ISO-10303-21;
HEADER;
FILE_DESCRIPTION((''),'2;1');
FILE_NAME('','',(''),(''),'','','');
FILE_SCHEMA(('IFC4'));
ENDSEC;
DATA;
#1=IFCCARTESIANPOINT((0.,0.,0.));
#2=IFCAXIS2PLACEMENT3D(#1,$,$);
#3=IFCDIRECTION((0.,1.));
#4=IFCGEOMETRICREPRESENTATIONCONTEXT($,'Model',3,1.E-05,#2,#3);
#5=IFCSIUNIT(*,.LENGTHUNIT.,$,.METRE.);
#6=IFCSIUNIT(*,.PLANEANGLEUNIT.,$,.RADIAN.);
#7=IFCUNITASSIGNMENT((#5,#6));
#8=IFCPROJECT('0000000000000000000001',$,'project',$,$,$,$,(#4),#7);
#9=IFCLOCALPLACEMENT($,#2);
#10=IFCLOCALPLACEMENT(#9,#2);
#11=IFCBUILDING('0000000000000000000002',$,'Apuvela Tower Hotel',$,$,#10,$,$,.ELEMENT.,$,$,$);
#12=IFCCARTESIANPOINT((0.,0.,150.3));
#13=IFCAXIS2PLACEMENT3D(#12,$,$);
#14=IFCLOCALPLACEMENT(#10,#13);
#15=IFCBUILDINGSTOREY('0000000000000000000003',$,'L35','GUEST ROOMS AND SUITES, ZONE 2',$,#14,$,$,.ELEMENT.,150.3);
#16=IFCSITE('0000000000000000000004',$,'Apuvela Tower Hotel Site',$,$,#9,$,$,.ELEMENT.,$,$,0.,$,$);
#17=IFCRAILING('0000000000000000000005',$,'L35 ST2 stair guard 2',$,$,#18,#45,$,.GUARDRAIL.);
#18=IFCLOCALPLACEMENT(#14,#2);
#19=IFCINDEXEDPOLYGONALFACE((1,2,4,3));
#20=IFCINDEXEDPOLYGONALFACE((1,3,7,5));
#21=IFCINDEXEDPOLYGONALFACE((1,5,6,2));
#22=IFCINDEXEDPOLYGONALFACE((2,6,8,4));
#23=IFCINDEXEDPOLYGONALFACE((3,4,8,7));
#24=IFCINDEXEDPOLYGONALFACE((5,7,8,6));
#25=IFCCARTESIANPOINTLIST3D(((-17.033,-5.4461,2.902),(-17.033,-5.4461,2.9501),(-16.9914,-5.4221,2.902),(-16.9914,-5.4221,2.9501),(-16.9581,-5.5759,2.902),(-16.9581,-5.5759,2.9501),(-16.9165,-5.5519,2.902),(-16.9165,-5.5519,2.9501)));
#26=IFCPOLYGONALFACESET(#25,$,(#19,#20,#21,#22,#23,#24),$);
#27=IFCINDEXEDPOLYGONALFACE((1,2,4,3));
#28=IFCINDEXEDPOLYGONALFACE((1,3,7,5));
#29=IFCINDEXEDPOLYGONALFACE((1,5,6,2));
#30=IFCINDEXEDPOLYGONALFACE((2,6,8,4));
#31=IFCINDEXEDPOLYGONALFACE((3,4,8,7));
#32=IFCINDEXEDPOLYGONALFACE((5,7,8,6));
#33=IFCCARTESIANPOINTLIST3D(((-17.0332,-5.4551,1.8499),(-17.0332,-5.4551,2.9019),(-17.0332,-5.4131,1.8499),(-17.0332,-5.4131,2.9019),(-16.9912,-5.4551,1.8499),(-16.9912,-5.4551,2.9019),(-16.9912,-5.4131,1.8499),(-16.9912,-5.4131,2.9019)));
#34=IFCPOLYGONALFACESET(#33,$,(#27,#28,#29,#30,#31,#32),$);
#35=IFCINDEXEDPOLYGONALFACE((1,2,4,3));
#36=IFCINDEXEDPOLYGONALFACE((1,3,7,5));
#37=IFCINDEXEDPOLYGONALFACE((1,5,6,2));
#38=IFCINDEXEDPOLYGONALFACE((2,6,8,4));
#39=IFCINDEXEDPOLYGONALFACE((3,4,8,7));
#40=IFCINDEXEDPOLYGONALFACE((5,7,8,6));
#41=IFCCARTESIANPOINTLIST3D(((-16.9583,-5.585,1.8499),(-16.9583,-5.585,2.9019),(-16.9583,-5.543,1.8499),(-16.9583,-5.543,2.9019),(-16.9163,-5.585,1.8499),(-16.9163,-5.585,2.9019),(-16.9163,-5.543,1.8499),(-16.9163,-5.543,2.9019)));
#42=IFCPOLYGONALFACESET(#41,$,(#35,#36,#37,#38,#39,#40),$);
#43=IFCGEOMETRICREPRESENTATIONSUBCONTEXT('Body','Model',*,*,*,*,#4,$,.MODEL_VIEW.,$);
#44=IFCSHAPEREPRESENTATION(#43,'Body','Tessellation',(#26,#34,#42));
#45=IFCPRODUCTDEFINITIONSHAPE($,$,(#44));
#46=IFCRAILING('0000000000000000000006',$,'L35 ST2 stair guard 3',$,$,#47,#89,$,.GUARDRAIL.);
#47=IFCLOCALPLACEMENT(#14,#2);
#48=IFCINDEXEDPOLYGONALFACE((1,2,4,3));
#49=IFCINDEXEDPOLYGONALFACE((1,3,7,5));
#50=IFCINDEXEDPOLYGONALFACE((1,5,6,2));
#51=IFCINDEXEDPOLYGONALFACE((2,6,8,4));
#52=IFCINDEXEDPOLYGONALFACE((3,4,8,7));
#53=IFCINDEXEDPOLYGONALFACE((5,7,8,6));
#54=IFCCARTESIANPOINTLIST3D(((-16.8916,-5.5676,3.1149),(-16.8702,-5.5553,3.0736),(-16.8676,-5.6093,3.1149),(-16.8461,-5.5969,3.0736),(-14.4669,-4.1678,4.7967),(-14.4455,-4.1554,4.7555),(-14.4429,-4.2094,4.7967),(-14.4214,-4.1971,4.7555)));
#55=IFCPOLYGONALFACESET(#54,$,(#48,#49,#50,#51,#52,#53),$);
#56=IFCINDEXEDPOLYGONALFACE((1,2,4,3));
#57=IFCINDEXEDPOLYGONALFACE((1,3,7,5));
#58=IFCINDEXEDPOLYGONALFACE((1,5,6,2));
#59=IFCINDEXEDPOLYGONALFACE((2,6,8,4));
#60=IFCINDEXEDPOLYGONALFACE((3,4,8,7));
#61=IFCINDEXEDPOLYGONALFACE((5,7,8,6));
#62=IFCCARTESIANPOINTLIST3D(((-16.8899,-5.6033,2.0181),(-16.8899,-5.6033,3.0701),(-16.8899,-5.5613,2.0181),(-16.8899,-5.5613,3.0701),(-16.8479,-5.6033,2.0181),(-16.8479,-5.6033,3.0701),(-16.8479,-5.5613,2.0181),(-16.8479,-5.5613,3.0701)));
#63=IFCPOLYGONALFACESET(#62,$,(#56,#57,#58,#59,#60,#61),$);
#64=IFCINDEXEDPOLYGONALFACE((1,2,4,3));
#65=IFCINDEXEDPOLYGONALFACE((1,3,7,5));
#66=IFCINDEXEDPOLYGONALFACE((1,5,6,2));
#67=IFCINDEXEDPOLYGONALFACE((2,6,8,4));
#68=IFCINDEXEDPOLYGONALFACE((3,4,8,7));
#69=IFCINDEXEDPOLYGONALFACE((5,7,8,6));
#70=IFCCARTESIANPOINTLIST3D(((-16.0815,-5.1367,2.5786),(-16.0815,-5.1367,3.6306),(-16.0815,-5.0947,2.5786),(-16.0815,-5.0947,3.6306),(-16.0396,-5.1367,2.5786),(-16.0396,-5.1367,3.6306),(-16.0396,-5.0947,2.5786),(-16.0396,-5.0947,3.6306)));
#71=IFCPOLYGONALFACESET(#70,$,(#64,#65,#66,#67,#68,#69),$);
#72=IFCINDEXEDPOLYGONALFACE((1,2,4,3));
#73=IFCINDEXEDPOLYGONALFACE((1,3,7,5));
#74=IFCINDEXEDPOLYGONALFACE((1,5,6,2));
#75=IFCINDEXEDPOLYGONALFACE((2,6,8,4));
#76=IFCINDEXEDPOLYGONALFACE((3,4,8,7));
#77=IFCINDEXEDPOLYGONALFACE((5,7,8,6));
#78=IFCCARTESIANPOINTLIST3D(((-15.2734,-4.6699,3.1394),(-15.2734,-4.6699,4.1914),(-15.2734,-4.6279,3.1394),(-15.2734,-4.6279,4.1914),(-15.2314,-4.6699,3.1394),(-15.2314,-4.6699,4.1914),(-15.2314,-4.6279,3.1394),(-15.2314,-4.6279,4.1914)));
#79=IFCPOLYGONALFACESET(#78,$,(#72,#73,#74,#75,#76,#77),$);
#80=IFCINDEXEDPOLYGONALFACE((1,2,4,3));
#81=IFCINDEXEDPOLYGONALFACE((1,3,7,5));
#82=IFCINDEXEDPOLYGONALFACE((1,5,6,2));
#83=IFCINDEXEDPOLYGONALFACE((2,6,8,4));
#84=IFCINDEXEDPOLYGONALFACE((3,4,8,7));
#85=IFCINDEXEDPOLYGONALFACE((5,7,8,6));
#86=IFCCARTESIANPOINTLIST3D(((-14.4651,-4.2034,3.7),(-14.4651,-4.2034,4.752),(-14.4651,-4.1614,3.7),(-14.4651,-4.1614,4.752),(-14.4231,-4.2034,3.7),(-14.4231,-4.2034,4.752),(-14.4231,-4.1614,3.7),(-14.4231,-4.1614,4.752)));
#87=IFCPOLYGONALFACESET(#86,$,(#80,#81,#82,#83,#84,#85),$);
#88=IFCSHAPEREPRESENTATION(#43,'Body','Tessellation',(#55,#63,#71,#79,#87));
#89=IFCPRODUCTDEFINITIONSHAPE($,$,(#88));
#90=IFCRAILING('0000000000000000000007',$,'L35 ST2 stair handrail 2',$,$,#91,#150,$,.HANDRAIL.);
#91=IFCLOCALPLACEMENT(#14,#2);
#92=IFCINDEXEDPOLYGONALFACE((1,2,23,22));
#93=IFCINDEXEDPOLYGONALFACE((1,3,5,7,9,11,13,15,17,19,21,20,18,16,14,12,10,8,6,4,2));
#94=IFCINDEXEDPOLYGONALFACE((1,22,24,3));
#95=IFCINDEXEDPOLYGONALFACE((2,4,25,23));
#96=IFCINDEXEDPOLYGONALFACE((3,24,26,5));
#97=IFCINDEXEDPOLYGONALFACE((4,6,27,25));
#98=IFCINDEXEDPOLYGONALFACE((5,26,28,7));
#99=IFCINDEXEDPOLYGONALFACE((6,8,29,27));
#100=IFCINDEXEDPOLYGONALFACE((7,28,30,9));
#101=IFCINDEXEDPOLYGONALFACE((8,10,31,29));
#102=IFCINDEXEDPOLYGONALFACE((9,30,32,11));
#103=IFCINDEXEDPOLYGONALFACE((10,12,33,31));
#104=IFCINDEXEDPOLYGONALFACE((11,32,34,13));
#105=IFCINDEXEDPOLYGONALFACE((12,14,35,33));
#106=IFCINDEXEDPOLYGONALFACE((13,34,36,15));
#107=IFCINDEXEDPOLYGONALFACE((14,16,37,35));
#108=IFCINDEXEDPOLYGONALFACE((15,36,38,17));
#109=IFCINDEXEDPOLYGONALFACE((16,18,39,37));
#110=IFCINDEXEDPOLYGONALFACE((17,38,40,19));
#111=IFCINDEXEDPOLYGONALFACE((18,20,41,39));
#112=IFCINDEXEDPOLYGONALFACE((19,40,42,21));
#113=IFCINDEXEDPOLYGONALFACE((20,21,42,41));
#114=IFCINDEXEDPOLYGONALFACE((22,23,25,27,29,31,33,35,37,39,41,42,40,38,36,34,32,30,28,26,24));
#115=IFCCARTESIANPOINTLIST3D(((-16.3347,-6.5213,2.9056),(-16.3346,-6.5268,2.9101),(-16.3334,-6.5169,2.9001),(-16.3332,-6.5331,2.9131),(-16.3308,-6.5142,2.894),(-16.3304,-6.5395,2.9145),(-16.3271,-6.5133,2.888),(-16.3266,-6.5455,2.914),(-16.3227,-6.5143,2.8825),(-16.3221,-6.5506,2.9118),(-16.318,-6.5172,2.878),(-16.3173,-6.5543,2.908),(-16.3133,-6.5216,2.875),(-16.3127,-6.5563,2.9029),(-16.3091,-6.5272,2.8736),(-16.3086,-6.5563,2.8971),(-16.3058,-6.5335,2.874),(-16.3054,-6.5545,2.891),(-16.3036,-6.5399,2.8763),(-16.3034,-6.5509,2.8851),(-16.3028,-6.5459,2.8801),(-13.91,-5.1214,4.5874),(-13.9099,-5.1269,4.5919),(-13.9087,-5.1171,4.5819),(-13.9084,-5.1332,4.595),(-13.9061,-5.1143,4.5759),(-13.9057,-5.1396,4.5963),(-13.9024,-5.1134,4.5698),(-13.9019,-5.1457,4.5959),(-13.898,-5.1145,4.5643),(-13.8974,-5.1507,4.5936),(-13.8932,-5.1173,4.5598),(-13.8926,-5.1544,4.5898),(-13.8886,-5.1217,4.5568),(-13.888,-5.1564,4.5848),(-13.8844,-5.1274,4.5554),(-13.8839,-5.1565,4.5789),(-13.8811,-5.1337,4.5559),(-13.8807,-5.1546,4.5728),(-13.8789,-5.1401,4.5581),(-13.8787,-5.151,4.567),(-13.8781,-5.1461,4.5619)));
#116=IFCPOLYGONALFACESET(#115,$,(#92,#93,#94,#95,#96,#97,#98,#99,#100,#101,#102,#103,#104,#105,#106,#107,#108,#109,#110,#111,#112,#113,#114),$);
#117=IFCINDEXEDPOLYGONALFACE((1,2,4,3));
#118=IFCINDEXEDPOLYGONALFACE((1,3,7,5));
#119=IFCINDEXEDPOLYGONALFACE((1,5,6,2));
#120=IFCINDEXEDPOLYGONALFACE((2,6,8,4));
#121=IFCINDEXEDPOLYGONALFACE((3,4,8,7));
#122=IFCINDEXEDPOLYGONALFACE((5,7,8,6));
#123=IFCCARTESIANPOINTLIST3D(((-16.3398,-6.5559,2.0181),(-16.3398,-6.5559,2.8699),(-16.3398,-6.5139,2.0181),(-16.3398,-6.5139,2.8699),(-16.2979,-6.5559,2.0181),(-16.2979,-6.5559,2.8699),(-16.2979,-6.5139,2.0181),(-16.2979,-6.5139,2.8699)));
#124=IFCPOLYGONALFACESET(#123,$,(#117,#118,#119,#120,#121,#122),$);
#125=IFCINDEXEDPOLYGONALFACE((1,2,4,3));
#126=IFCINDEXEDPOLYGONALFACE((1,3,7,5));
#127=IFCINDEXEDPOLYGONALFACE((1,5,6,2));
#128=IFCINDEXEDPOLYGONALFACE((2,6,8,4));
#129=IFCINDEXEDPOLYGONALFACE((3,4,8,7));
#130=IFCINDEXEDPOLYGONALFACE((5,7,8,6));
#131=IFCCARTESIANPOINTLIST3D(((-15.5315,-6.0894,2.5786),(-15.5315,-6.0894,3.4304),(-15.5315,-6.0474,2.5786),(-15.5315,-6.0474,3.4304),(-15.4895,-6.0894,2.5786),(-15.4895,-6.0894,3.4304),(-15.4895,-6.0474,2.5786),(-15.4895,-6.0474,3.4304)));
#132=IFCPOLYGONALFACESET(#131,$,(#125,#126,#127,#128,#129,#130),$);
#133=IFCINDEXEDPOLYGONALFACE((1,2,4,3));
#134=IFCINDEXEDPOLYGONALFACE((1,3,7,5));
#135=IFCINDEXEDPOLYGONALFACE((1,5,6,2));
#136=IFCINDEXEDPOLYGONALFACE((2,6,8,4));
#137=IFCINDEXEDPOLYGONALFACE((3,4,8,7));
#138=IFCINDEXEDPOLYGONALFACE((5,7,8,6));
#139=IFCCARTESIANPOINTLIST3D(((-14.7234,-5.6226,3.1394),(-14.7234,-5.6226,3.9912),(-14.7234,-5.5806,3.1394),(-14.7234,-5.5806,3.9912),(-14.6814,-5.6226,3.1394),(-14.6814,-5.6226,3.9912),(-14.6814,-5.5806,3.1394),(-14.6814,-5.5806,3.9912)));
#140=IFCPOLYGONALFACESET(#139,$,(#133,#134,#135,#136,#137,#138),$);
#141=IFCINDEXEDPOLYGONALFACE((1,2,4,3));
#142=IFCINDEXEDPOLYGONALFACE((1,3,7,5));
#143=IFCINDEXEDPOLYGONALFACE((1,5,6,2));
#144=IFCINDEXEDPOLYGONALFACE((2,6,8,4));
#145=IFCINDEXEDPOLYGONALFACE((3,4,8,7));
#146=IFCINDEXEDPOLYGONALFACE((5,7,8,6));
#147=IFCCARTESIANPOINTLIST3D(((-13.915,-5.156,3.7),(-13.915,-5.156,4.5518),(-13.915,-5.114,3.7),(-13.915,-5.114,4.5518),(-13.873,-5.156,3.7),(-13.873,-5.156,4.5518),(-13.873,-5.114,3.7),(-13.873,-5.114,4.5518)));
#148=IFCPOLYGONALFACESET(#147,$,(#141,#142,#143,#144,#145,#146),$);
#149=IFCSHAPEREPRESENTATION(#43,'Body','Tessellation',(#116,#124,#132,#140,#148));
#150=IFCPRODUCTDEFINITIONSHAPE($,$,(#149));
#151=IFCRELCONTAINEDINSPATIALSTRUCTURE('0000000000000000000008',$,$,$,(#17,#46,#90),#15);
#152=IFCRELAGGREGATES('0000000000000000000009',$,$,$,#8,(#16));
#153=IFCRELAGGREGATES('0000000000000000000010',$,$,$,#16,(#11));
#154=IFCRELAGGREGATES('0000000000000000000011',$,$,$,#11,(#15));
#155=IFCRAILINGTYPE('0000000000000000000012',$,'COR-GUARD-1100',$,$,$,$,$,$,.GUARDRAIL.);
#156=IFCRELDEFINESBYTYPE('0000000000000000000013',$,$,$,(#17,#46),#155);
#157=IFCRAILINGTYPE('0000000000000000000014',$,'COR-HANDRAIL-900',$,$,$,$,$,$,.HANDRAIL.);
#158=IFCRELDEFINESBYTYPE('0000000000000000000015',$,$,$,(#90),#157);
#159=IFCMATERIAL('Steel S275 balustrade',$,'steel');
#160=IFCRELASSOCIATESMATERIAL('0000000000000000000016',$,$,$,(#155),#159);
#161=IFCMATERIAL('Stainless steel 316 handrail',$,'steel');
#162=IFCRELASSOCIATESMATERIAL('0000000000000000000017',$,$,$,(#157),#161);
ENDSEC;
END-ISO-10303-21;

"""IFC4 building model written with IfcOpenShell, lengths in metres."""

from ifc_helpers import new_model, si_unit, direction, frame, origin, origin_2d, place, context, subcontext, project, spatial, rectangle, circle, extrude, material, type_object, element, save


model = new_model("IFC4")

# Units and contexts
model_context = context("Model", 3, precision=1e-05, world=origin(), true_north=direction((0.0, 1.0)))
body_context = subcontext(model_context, "Body", "Model", "MODEL_VIEW")
ifc_project = project(units=[si_unit("LENGTHUNIT", "METRE"), si_unit("PLANEANGLEUNIT", "RADIAN")], contexts=[model_context])

# Site, building, storey
site_placement = place(None, origin())
site = spatial("IfcSite", under=ifc_project, at=site_placement, Name="Apuvela Tower Hotel Site", CompositionType="ELEMENT", RefElevation=0.0)
building_placement = place(site_placement, origin())
building = spatial("IfcBuilding", under=site, at=building_placement, Name="Apuvela Tower Hotel", CompositionType="ELEMENT")
storey_placement = place(building_placement, frame((0.0, 0.0, 150.3)))
storey = spatial("IfcBuildingStorey", under=building, at=storey_placement, Name="L35", Description="GUEST ROOMS AND SUITES, ZONE 2", CompositionType="ELEMENT", Elevation=150.3)

# Railings
ifc_material_1 = material(Name="Steel S275 balustrade", Category="steel")
railing_type_1 = type_object("IfcRailingType", Name="COR-GUARD-1100", PredefinedType="GUARDRAIL", material=ifc_material_1)
railing_1_placement = place(storey_placement, frame((-17.0122, -5.4341, 1.8499)))
element("IfcRailing", 1, at=railing_1_placement, inside=storey, type_object=railing_type_1, Name="L35 ST2 stair guard 2", PredefinedType="GUARDRAIL", context=body_context, shape_type="SweptSolid", body=[
    extrude(rectangle(XDim=0.0481, YDim=0.0481, at=origin_2d()), frame((0.0, 0.0, 1.0762), z_axis=(0.499816, -0.866131, 0.0), x_axis=(0.866131, 0.499816, 0.0)), (0.0, 0.0, 1.0), 0.1499),
    extrude(rectangle(XDim=0.042, YDim=0.042, at=origin_2d()), origin(), (0.0, 0.0, 1.0), 1.052),
    extrude(rectangle(XDim=0.042, YDim=0.042, at=origin_2d()), frame((0.075, -0.1299, 0.0)), (0.0, 0.0, 1.0), 1.052),
])
railing_2_placement = place(storey_placement, frame((-16.8689, -5.5823, 2.0181)))
element("IfcRailing", 2, at=railing_2_placement, inside=storey, type_object=railing_type_1, Name="L35 ST2 stair guard 3", PredefinedType="GUARDRAIL", context=body_context, shape_type="SweptSolid", body=[
    extrude(rectangle(XDim=0.0481, YDim=0.0481, at=origin_2d()), frame((0.0, 0.0, 1.0762), z_axis=(0.74239, 0.428601, 0.514934), x_axis=(-0.499984, 0.866035, 0.0)), (0.0, 0.0, 1.0), 3.2661),
    extrude(rectangle(XDim=0.042, YDim=0.042, at=origin_2d()), origin(), (0.0, 0.0, 1.0), 1.052),
    extrude(rectangle(XDim=0.042, YDim=0.042, at=origin_2d()), frame((0.8083, 0.4666, 0.5605)), (0.0, 0.0, 1.0), 1.052),
    extrude(rectangle(XDim=0.042, YDim=0.042, at=origin_2d()), frame((1.6165, 0.9333, 1.1213)), (0.0, 0.0, 1.0), 1.052),
    extrude(rectangle(XDim=0.042, YDim=0.042, at=origin_2d()), frame((2.4248, 1.3999, 1.6819)), (0.0, 0.0, 1.0), 1.052),
])
ifc_material_2 = material(Name="Stainless steel 316 handrail", Category="steel")
railing_type_2 = type_object("IfcRailingType", Name="COR-HANDRAIL-900", PredefinedType="HANDRAIL", material=ifc_material_2)
railing_3_placement = place(storey_placement, frame((-16.3188, -6.5349, 2.0181)))
element("IfcRailing", 3, at=railing_3_placement, inside=storey, type_object=railing_type_2, Name="L35 ST2 stair handrail 2", PredefinedType="HANDRAIL", context=body_context, shape_type="SweptSolid", body=[
    extrude(circle(Radius=0.0239, at=origin_2d()), frame((0.0, 0.0, 0.876), z_axis=(0.74239, 0.428601, 0.514934), x_axis=(-0.499984, 0.866035, 0.0)), (0.0, 0.0, 1.0), 3.2661),
    extrude(rectangle(XDim=0.042, YDim=0.042, at=origin_2d()), origin(), (0.0, 0.0, 1.0), 0.8518),
    extrude(rectangle(XDim=0.042, YDim=0.042, at=origin_2d()), frame((0.8083, 0.4666, 0.5605)), (0.0, 0.0, 1.0), 0.8518),
    extrude(rectangle(XDim=0.042, YDim=0.042, at=origin_2d()), frame((1.6165, 0.9333, 1.1213)), (0.0, 0.0, 1.0), 0.8518),
    extrude(rectangle(XDim=0.042, YDim=0.042, at=origin_2d()), frame((2.4248, 1.3999, 1.6819)), (0.0, 0.0, 1.0), 0.8518),
])

save(model, "model.ifc")
